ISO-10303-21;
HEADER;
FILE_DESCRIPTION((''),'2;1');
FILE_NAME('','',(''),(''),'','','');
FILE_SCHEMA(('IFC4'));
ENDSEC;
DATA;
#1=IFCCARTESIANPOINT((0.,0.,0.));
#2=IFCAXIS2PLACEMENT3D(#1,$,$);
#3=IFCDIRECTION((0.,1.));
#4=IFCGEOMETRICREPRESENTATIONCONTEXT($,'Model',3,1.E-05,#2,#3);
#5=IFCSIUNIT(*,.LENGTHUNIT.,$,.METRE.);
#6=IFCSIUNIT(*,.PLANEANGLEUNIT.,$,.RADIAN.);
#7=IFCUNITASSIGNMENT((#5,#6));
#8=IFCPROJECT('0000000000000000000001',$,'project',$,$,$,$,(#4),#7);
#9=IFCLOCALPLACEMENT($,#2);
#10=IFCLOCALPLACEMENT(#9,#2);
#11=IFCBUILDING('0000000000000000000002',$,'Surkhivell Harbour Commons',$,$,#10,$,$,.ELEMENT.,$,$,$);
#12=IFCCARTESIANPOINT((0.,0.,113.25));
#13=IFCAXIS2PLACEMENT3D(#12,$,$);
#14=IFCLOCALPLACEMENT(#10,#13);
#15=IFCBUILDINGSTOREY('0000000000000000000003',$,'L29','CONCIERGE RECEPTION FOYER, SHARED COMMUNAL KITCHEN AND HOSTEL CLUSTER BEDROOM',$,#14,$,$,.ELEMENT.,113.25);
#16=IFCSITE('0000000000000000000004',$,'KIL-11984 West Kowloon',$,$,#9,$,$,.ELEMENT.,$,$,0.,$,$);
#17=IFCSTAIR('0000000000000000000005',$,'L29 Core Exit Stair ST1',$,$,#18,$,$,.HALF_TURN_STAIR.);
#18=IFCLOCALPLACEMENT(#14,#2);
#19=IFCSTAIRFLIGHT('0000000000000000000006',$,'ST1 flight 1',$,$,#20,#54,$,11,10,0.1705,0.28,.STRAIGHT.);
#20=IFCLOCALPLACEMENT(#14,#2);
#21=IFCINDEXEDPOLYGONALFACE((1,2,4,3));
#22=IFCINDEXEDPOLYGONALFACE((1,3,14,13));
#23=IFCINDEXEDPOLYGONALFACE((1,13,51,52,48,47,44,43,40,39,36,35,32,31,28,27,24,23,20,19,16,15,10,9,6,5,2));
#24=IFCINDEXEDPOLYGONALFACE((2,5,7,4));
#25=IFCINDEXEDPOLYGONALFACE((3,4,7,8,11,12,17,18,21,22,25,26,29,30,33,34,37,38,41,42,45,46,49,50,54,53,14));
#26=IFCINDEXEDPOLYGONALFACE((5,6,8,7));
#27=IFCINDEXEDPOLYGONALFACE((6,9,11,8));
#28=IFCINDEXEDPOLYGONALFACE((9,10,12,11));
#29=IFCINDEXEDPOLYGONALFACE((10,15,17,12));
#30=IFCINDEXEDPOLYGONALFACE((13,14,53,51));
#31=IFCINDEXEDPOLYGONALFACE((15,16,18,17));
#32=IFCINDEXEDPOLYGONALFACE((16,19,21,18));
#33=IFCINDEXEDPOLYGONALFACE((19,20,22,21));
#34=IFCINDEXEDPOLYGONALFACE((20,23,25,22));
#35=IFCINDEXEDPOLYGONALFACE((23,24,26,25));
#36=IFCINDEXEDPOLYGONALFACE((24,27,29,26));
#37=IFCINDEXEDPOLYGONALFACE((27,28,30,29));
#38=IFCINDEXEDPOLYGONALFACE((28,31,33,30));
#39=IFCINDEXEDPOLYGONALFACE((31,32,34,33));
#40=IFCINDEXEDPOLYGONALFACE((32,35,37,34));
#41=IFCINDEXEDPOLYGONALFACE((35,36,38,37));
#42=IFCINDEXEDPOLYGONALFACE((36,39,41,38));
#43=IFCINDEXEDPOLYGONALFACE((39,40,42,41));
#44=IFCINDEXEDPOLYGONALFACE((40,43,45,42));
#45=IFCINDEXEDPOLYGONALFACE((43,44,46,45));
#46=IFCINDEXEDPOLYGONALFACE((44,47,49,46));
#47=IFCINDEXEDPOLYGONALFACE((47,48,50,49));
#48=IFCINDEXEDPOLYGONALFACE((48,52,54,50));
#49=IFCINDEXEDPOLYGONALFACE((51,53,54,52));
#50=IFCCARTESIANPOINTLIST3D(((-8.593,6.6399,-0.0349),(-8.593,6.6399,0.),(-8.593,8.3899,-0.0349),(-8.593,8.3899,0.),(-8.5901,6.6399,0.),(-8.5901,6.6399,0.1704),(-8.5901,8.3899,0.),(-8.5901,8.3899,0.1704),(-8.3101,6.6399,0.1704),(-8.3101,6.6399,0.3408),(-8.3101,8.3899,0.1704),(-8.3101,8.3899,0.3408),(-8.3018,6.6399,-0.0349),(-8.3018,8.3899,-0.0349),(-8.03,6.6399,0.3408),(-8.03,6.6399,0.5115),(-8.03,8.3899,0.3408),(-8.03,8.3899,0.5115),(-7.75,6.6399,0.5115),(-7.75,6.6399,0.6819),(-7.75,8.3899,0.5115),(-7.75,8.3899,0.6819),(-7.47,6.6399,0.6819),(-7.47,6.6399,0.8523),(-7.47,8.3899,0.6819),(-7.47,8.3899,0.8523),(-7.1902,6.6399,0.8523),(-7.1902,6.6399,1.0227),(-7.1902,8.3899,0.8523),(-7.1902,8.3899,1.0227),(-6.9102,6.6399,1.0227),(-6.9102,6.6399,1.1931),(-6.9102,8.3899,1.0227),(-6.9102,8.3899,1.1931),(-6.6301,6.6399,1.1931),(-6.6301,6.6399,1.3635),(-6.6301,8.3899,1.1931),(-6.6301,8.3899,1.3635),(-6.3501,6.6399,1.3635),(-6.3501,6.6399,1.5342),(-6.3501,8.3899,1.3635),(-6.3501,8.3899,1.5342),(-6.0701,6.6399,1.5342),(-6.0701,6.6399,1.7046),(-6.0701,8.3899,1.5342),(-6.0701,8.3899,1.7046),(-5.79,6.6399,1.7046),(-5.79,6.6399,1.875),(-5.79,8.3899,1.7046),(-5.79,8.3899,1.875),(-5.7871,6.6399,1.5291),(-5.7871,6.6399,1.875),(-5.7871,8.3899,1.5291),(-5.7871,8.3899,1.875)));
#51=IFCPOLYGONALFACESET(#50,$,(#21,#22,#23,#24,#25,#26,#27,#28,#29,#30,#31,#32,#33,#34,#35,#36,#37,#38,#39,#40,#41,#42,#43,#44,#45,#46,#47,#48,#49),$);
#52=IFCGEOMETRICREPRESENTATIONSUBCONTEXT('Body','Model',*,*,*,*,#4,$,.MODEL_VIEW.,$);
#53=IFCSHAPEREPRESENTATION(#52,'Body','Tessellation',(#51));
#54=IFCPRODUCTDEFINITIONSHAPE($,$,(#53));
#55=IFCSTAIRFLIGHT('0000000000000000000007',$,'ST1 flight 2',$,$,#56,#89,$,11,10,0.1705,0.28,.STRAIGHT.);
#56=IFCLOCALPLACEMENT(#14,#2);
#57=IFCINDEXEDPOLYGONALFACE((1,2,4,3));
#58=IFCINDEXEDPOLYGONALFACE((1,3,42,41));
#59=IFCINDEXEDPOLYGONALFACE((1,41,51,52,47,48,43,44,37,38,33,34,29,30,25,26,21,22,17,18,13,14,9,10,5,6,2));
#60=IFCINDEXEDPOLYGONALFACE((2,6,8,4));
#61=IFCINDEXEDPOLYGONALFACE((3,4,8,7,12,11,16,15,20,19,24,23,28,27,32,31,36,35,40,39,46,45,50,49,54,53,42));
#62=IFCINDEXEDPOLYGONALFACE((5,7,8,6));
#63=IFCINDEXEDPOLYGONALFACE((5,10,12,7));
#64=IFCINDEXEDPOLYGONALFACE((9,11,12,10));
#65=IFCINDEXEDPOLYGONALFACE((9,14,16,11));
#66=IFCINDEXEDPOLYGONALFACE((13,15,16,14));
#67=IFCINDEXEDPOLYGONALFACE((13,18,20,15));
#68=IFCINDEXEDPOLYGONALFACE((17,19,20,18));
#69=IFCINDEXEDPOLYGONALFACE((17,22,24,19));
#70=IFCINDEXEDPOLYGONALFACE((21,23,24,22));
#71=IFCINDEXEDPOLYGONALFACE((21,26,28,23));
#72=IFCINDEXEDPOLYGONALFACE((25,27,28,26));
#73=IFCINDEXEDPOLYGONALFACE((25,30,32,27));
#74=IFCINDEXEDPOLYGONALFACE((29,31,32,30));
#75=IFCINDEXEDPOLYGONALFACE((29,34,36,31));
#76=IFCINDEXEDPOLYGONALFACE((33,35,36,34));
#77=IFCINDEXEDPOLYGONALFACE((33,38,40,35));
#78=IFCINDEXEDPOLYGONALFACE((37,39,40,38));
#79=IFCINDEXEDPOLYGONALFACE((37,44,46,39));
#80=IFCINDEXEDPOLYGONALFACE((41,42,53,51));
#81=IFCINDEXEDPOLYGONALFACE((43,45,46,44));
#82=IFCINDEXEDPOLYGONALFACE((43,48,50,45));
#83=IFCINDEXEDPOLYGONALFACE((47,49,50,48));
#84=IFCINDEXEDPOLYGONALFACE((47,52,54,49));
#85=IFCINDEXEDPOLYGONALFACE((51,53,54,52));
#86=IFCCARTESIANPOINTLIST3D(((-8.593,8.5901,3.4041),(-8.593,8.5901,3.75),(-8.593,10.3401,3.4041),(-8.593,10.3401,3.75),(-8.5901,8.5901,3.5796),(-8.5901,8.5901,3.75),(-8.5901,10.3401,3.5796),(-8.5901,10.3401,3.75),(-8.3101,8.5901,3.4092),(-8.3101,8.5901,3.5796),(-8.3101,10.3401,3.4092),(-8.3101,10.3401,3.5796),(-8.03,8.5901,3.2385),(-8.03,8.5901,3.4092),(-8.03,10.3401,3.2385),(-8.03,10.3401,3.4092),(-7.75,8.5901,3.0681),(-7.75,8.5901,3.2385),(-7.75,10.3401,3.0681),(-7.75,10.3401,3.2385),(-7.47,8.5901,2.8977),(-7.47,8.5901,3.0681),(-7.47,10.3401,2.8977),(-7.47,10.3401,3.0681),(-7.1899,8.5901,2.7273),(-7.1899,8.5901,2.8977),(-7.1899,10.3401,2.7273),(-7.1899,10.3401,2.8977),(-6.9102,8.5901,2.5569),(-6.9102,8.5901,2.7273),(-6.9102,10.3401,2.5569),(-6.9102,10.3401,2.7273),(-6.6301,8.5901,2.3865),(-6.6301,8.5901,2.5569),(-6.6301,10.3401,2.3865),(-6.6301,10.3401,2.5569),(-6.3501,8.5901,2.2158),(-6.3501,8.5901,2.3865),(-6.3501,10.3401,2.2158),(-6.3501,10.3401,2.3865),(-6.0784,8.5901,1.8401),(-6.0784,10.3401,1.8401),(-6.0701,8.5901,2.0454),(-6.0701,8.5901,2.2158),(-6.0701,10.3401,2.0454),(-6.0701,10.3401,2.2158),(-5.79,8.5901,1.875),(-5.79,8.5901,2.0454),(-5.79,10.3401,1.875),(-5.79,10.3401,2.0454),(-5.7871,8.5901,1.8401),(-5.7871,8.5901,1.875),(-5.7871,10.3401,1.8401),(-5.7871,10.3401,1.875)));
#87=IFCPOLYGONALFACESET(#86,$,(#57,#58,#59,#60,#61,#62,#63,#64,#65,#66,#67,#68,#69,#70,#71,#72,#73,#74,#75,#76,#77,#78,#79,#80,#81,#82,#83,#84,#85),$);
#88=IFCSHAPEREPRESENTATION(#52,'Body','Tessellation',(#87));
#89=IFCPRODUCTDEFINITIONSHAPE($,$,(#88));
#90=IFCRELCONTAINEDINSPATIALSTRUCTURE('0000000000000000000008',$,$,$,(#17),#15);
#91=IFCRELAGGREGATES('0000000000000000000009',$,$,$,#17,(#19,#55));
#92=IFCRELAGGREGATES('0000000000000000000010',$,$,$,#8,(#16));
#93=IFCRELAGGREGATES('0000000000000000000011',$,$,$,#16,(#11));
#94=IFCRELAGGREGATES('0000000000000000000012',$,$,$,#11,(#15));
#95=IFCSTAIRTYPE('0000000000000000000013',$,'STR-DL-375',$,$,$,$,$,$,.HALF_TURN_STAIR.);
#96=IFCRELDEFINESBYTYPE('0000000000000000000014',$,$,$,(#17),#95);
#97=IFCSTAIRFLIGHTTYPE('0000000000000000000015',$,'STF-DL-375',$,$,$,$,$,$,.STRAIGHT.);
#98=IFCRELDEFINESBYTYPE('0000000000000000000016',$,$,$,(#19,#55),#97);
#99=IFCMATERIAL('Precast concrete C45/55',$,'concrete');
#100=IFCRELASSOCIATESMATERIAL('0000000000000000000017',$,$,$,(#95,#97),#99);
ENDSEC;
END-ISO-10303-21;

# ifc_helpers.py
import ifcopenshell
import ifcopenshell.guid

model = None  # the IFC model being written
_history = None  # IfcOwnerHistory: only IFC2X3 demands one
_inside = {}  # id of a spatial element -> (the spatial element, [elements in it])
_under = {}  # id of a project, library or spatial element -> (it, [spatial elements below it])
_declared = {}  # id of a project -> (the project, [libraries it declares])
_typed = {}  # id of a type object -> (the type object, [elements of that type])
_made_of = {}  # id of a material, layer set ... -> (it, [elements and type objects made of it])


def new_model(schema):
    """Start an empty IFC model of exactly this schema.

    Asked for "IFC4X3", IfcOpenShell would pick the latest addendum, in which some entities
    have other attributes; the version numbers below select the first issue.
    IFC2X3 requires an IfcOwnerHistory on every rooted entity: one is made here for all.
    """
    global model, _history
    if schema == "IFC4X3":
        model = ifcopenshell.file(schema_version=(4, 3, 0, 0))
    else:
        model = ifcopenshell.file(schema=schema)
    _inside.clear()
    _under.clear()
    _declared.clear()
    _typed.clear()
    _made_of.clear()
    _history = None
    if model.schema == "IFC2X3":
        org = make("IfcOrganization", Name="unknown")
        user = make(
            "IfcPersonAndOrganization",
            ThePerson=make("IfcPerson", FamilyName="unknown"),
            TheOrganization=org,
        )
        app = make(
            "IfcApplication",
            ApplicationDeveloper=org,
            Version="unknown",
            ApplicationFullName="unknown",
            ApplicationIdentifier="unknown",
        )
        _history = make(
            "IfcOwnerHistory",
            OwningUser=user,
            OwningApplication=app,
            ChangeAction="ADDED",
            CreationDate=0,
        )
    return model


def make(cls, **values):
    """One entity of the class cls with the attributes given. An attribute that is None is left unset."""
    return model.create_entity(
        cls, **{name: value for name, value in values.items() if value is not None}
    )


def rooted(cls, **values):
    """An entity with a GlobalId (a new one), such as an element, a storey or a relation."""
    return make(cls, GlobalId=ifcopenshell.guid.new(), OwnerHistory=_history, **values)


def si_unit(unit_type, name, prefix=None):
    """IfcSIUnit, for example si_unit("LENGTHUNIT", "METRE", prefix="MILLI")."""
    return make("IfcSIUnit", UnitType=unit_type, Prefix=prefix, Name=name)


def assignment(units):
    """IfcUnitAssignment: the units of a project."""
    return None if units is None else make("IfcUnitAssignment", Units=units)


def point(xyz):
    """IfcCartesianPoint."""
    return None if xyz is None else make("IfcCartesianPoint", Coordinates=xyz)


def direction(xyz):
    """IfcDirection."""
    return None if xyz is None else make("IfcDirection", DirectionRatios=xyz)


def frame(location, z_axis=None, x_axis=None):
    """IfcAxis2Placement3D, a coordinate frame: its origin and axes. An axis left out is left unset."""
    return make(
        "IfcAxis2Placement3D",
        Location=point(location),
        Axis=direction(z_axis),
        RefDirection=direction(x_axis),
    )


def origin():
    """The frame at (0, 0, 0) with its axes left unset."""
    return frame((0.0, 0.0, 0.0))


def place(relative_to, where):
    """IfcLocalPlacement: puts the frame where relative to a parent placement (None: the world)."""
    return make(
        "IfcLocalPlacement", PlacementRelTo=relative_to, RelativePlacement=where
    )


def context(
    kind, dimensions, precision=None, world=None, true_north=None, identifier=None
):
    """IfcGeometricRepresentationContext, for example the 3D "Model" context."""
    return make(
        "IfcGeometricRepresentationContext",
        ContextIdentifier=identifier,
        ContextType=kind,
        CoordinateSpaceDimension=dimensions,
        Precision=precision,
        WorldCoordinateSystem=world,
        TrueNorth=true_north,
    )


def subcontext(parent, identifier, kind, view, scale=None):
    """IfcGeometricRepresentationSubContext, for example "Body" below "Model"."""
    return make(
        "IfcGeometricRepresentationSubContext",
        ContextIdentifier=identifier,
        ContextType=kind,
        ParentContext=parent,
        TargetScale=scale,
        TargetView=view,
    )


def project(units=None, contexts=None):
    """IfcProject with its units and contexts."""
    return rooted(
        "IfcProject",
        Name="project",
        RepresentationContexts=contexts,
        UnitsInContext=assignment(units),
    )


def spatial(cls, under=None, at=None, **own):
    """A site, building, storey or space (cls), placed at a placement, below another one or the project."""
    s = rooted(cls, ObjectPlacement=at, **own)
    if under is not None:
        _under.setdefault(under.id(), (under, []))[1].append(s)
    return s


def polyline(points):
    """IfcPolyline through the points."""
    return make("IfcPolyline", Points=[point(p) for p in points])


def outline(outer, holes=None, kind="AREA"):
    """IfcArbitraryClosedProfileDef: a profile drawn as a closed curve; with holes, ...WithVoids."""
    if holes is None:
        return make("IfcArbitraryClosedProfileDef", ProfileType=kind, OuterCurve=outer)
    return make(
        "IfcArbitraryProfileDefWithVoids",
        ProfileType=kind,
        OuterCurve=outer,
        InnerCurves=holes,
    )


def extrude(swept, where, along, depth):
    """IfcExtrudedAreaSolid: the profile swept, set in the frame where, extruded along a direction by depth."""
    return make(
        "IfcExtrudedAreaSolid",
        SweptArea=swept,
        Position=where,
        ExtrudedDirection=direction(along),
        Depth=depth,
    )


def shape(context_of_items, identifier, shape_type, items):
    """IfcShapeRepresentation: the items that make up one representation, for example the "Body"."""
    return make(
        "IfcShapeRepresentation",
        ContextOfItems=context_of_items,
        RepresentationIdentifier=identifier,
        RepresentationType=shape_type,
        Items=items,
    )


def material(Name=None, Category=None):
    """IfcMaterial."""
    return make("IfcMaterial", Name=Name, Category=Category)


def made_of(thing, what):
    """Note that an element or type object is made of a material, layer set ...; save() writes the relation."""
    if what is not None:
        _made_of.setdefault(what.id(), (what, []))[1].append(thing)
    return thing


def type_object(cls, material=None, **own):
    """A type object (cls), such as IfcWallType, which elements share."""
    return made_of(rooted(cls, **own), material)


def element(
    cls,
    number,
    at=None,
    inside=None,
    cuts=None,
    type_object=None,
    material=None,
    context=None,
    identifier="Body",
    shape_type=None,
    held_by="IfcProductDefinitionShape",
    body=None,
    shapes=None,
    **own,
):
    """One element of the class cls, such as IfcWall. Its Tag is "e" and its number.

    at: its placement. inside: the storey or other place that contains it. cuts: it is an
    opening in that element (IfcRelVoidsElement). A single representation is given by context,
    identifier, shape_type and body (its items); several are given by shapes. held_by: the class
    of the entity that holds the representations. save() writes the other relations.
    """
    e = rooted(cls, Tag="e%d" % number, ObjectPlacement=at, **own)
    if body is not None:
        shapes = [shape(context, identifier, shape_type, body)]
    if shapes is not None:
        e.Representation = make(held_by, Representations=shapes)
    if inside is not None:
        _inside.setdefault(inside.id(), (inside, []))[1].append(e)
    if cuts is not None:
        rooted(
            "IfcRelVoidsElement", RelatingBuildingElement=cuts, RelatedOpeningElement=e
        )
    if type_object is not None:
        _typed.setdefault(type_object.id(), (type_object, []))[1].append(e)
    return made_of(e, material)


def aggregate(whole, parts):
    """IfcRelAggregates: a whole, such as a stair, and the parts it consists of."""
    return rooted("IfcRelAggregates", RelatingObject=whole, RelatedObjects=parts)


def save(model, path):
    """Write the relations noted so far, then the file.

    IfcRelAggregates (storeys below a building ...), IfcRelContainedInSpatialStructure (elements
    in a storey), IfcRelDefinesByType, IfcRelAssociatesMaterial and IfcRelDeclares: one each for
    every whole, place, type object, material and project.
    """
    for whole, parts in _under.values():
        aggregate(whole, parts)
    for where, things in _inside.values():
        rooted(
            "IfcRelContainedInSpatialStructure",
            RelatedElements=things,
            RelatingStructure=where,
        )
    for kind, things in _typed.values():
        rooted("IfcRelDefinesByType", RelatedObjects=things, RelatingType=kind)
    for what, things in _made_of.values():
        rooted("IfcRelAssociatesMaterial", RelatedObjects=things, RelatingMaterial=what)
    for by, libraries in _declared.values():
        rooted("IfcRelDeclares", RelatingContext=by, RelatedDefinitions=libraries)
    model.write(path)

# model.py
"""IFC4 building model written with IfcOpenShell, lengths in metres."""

from ifc_helpers import new_model, si_unit, direction, frame, origin, place, context, subcontext, project, spatial, polyline, outline, extrude, material, type_object, element, aggregate, save


model = new_model("IFC4")

# Units and contexts
model_context = context("Model", 3, precision=1e-05, world=origin(), true_north=direction((0.0, 1.0)))
body_context = subcontext(model_context, "Body", "Model", "MODEL_VIEW")
ifc_project = project(units=[si_unit("LENGTHUNIT", "METRE"), si_unit("PLANEANGLEUNIT", "RADIAN")], contexts=[model_context])

# Site, building, storey
site_placement = place(None, origin())
site = spatial("IfcSite", under=ifc_project, at=site_placement, Name="KIL-11984 West Kowloon", CompositionType="ELEMENT", RefElevation=0.0)
building_placement = place(site_placement, origin())
building = spatial("IfcBuilding", under=site, at=building_placement, Name="Surkhivell Harbour Commons", CompositionType="ELEMENT")
storey_placement = place(building_placement, frame((0.0, 0.0, 113.25)))
storey = spatial("IfcBuildingStorey", under=building, at=storey_placement, Name="L29", Description="CONCIERGE RECEPTION FOYER, SHARED COMMUNAL KITCHEN AND HOSTEL CLUSTER BEDROOM", CompositionType="ELEMENT", Elevation=113.25)

# Stair, stair flights
ifc_material_1 = material(Name="Precast concrete C45/55", Category="concrete")
stair_type = type_object("IfcStairType", Name="STR-DL-375", PredefinedType="HALF_TURN_STAIR", material=ifc_material_1)
stair_placement = place(storey_placement, origin())
stair = element("IfcStair", 1, at=stair_placement, inside=storey, type_object=stair_type, Name="L29 Core Exit Stair ST1", PredefinedType="HALF_TURN_STAIR")
stair_flight_type = type_object("IfcStairFlightType", Name="STF-DL-375", PredefinedType="STRAIGHT", material=ifc_material_1)
stair_flight_1_placement = place(storey_placement, frame((-8.5901, 7.5149, 0.0), z_axis=(0.0, 0.0, 1.0), x_axis=(1.0, 0.0, 0.0)))
stair_flight_1 = element("IfcStairFlight", 2, at=stair_flight_1_placement, type_object=stair_flight_type, Name="ST1 flight 1", NumberOfRisers=11, NumberOfTreads=10, PredefinedType="STRAIGHT", RiserHeight=0.1705, TreadLength=0.28, context=body_context, shape_type="SweptSolid", body=[
    extrude(outline(polyline([(-0.0029, -0.0349), (-0.0029, 0.0), (0.0, 0.0), (0.0, 0.1704), (0.28, 0.1704), (0.28, 0.3408), (0.5601, 0.3408), (0.5601, 0.5115), (0.8401, 0.5115), (0.8401, 0.6819), (1.1201, 0.6819), (1.1201, 0.8523), (1.3999, 0.8523), (1.3999, 1.0227), (1.6799, 1.0227), (1.6799, 1.1931), (1.96, 1.1931), (1.96, 1.3635), (2.24, 1.3635), (2.24, 1.5342), (2.52, 1.5342), (2.52, 1.7046), (2.8, 1.7046), (2.8, 1.875), (2.803, 1.875), (2.803, 1.5291), (0.2883, -0.0349), (-0.0029, -0.0349)])), frame((0.0, 0.875, 0.0), z_axis=(0.0, -1.0, 0.0), x_axis=(1.0, 0.0, 0.0)), (0.0, 0.0, 1.0), 1.75),
])
stair_flight_2_placement = place(storey_placement, frame((-5.79, 9.4651, 1.875), z_axis=(0.0, 0.0, 1.0), x_axis=(-1.0, 0.0, 0.0)))
stair_flight_2 = element("IfcStairFlight", 3, at=stair_flight_2_placement, type_object=stair_flight_type, Name="ST1 flight 2", NumberOfRisers=11, NumberOfTreads=10, PredefinedType="STRAIGHT", RiserHeight=0.1705, TreadLength=0.28, context=body_context, shape_type="SweptSolid", body=[
    extrude(outline(polyline([(-0.0029, -0.0349), (-0.0029, 0.0), (0.0, 0.0), (0.0, 0.1704), (0.28, 0.1704), (0.28, 0.3408), (0.5601, 0.3408), (0.5601, 0.5115), (0.8401, 0.5115), (0.8401, 0.6819), (1.1201, 0.6819), (1.1201, 0.8523), (1.3999, 0.8523), (1.3999, 1.0227), (1.6799, 1.0227), (1.6799, 1.1931), (1.96, 1.1931), (1.96, 1.3635), (2.24, 1.3635), (2.24, 1.5342), (2.52, 1.5342), (2.52, 1.7046), (2.8, 1.7046), (2.8, 1.875), (2.803, 1.875), (2.803, 1.5291), (0.2883, -0.0349), (-0.0029, -0.0349)])), frame((0.0, 0.875, 0.0), z_axis=(0.0, -1.0, 0.0), x_axis=(1.0, 0.0, 0.0)), (0.0, 0.0, 1.0), 1.75),
])
aggregate(stair, [stair_flight_1, stair_flight_2])

save(model, "model.ifc")
